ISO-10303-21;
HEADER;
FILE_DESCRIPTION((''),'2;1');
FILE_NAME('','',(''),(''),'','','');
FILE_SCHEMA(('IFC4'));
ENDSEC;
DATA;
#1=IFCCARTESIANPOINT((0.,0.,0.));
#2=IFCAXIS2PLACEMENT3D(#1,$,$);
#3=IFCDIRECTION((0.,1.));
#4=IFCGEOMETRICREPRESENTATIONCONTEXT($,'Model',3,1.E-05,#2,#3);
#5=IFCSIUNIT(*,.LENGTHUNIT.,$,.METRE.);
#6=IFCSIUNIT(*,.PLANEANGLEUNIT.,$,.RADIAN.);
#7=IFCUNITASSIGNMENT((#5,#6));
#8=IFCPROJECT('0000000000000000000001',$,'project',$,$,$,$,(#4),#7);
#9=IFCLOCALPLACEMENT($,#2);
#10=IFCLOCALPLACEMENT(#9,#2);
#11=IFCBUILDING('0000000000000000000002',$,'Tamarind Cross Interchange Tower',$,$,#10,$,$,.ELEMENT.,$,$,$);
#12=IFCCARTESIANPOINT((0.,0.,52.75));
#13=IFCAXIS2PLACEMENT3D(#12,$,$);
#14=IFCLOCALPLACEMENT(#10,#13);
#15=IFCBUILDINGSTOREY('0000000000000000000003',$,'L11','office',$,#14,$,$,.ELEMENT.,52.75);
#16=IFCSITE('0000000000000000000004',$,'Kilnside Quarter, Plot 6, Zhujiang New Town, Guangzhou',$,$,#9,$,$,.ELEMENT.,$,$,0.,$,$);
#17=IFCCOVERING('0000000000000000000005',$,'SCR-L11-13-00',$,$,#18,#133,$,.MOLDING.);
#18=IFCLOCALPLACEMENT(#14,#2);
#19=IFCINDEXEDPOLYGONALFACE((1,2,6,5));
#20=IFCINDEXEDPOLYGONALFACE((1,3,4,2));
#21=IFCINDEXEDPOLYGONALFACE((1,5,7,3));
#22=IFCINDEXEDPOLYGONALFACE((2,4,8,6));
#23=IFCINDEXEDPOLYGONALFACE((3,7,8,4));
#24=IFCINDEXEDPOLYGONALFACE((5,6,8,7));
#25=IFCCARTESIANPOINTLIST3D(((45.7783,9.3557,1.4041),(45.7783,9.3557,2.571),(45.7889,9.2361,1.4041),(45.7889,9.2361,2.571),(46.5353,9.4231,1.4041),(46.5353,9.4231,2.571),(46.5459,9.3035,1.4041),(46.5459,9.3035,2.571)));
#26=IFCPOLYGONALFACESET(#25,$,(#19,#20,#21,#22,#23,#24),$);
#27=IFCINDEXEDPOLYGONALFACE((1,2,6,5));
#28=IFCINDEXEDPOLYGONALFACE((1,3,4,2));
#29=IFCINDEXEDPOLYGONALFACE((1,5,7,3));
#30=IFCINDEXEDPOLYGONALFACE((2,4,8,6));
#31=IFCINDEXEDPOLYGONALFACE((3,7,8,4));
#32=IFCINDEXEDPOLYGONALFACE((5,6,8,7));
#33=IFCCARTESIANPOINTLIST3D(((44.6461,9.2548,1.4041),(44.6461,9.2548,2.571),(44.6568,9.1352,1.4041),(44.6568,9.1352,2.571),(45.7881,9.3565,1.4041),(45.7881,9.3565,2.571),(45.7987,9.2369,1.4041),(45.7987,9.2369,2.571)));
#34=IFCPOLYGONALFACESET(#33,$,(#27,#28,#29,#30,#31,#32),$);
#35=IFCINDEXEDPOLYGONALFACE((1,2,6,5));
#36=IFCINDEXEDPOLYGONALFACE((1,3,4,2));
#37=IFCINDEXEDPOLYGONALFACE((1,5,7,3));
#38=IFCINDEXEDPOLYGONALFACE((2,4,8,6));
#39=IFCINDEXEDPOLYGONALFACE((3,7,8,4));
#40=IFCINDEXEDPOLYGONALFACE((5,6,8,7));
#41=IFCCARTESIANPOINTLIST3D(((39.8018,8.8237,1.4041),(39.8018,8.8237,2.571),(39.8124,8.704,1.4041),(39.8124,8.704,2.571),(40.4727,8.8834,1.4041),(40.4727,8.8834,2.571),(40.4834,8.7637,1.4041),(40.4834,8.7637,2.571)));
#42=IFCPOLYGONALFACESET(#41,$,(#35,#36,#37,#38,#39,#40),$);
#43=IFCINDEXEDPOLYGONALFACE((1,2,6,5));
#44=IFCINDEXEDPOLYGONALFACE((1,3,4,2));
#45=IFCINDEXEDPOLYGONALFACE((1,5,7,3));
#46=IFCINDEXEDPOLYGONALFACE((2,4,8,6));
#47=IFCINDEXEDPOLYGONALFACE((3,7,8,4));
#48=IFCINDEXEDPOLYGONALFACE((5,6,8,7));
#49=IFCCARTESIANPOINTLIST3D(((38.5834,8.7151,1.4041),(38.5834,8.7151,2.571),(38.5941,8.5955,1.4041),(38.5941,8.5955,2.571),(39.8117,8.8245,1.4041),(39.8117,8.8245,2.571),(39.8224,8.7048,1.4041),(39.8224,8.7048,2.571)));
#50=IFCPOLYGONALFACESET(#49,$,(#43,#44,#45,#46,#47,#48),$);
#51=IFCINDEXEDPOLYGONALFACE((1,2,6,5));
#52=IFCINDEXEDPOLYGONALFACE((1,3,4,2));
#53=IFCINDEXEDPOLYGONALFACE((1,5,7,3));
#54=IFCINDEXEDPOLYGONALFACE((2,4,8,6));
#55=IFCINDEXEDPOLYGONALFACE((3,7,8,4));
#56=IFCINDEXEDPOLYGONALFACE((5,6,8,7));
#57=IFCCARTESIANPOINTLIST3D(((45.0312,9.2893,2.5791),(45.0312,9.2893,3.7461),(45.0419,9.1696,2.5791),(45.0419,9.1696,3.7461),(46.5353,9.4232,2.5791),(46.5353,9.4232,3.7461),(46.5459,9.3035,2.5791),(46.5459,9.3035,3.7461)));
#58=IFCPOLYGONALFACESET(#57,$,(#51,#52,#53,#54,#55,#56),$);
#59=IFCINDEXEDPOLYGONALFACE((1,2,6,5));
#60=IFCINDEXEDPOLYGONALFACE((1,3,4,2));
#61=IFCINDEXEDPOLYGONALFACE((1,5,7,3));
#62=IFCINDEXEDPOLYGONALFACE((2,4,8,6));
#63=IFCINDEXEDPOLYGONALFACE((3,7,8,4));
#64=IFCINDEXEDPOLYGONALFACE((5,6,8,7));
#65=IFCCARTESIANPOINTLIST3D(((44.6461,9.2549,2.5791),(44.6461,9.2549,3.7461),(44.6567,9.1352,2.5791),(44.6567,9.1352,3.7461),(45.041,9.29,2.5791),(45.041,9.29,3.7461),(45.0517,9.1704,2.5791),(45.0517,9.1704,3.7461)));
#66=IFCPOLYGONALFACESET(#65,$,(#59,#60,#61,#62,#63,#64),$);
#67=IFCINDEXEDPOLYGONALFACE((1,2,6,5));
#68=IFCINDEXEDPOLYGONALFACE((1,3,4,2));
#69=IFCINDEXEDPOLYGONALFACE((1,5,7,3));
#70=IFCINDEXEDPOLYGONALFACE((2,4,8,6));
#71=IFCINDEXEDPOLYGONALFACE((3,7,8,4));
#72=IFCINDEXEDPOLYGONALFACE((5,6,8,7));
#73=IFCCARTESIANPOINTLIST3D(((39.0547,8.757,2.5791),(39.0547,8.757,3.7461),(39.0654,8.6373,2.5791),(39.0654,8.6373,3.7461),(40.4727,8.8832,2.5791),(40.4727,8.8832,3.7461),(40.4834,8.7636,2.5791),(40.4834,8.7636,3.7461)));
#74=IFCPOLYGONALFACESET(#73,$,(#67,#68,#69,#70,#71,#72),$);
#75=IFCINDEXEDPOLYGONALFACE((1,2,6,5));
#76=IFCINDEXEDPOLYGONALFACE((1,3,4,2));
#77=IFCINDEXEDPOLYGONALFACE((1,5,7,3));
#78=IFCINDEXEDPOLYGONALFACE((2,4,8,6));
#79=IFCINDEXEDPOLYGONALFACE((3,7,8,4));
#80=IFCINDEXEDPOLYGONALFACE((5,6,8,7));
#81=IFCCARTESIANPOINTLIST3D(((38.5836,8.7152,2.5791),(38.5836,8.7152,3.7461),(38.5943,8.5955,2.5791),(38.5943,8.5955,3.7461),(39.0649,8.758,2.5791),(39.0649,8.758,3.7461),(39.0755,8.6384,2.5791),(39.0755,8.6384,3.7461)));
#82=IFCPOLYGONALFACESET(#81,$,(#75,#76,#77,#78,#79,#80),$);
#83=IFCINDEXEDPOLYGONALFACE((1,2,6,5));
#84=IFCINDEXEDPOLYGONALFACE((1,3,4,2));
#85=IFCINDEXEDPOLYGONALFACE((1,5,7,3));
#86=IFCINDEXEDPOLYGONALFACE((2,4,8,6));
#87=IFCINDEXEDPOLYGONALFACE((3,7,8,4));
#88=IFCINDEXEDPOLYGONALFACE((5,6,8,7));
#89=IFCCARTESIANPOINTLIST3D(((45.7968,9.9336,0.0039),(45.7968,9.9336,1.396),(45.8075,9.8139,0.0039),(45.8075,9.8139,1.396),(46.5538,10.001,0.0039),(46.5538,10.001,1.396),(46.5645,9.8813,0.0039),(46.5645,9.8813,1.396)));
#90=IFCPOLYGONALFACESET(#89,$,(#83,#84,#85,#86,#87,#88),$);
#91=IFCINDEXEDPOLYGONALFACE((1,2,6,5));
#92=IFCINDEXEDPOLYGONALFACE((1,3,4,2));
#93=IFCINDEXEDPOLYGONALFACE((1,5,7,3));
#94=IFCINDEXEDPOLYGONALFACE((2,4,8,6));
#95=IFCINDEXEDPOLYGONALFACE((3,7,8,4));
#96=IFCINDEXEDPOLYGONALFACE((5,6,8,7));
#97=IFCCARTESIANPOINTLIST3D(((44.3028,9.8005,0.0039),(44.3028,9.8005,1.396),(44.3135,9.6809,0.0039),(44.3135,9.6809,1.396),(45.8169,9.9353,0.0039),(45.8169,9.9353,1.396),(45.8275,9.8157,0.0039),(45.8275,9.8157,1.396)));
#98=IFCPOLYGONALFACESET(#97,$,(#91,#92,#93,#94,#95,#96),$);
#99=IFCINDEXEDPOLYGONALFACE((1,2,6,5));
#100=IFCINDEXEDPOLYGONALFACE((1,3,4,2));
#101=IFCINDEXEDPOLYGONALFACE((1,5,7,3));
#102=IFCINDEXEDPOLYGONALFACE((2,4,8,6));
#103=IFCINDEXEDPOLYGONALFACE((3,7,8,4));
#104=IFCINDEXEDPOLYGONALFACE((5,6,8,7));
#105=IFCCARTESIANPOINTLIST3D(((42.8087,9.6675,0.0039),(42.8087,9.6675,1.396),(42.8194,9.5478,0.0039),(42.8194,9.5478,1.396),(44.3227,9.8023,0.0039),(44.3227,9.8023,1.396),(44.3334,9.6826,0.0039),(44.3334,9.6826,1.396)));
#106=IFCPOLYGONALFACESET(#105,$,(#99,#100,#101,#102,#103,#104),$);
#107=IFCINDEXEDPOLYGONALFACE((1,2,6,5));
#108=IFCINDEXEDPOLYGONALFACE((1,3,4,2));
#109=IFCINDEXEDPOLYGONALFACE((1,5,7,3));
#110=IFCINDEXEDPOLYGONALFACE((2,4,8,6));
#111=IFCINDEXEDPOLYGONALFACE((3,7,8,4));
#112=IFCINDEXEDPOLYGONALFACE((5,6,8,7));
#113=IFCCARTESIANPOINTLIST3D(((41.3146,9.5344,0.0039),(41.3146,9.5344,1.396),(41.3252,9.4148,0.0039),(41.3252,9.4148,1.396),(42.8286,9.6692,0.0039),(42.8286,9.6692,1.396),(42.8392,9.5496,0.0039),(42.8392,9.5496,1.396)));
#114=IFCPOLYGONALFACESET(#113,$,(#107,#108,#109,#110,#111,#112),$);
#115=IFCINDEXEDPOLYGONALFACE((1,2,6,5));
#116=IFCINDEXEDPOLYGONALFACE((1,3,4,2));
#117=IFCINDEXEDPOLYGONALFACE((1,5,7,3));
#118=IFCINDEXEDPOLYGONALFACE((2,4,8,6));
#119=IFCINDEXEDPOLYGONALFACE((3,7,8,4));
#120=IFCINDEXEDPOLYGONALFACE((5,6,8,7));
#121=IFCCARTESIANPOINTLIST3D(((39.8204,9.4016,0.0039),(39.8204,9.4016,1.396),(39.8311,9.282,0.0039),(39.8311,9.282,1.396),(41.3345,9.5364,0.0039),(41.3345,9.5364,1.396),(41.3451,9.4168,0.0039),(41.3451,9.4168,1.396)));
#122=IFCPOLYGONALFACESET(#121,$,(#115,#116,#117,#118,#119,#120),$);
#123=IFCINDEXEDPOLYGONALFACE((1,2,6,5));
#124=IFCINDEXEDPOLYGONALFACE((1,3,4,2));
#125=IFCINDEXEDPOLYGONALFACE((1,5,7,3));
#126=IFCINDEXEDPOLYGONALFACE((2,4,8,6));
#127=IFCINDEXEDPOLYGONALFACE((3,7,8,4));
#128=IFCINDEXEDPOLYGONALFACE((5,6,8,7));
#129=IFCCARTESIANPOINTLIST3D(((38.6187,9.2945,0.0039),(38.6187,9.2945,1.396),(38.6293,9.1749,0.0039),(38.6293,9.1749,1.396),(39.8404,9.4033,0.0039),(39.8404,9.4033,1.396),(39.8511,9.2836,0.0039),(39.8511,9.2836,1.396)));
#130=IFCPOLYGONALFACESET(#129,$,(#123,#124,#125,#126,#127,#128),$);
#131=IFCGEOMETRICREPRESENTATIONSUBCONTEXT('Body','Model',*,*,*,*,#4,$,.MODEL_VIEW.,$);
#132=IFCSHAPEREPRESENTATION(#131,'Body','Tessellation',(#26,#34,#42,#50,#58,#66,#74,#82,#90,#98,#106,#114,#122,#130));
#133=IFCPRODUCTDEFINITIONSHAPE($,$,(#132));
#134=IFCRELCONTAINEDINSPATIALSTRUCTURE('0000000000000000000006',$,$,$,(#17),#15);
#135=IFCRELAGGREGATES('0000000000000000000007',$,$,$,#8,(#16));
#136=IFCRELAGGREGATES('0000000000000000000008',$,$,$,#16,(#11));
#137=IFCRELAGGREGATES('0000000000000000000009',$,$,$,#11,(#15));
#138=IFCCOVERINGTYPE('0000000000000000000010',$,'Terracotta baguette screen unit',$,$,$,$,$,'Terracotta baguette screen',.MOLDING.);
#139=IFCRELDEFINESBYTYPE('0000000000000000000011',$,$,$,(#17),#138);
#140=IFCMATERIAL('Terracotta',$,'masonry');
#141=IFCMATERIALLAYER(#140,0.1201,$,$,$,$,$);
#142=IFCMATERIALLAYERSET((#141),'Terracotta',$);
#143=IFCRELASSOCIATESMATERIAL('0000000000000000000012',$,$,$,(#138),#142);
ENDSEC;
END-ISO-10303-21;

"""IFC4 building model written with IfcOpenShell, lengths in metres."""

from ifc_helpers import new_model, si_unit, direction, frame, origin, origin_2d, place, context, subcontext, project, spatial, rectangle, extrude, material, layer, layer_set, type_object, element, save


model = new_model("IFC4")

# Units and contexts
model_context = context("Model", 3, precision=1e-05, world=origin(), true_north=direction((0.0, 1.0)))
body_context = subcontext(model_context, "Body", "Model", "MODEL_VIEW")
ifc_project = project(units=[si_unit("LENGTHUNIT", "METRE"), si_unit("PLANEANGLEUNIT", "RADIAN")], contexts=[model_context])

# Site, building, storey
site_placement = place(None, origin())
site = spatial("IfcSite", under=ifc_project, at=site_placement, Name="Kilnside Quarter, Plot 6, Zhujiang New Town, Guangzhou", CompositionType="ELEMENT", RefElevation=0.0)
building_placement = place(site_placement, origin())
building = spatial("IfcBuilding", under=site, at=building_placement, Name="Tamarind Cross Interchange Tower", CompositionType="ELEMENT")
storey_placement = place(building_placement, frame((0.0, 0.0, 52.75)))
storey = spatial("IfcBuildingStorey", under=building, at=storey_placement, Name="L11", Description="office", CompositionType="ELEMENT", Elevation=52.75)

# Covering
ifc_material_1 = material(Name="Terracotta", Category="masonry")
ifc_layer_1 = layer(ifc_material_1, 0.1201)
ifc_layer_set_1 = layer_set([ifc_layer_1], Name="Terracotta")
covering_type = type_object("IfcCoveringType", Name="Terracotta baguette screen unit", ElementType="Terracotta baguette screen", PredefinedType="MOLDING", material=ifc_layer_set_1)
covering_1_placement = place(storey_placement, origin())
element("IfcCovering", 1, at=covering_1_placement, inside=storey, type_object=covering_type, Name="SCR-L11-13-00", PredefinedType="MOLDING", context=body_context, shape_type="SweptSolid", body=[
    extrude(rectangle(XDim=0.76, YDim=0.1201, at=origin_2d()), frame((46.1621, 9.3296, 1.4041), z_axis=(0.0, 0.0, 1.0), x_axis=(-0.99606, -0.088684, 0.0)), (0.0, 0.0, 1.0), 1.167),
    extrude(rectangle(XDim=1.1465, YDim=0.1201, at=origin_2d()), frame((45.2224, 9.2458, 1.4041), z_axis=(0.0, 0.0, 1.0), x_axis=(-0.99606, -0.088684, 0.0)), (0.0, 0.0, 1.0), 1.167),
    extrude(rectangle(XDim=0.6736, YDim=0.1201, at=origin_2d()), frame((40.1426, 8.7937, 1.4041), z_axis=(0.0, 0.0, 1.0), x_axis=(-0.99606, -0.088684, 0.0)), (0.0, 0.0, 1.0), 1.167),
    extrude(rectangle(XDim=1.2332, YDim=0.1201, at=origin_2d()), frame((39.2029, 8.71, 1.4041), z_axis=(0.0, 0.0, 1.0), x_axis=(-0.99606, -0.088684, 0.0)), (0.0, 0.0, 1.0), 1.167),
    extrude(rectangle(XDim=1.51, YDim=0.1201, at=origin_2d()), frame((45.7886, 9.2964, 2.5791), z_axis=(0.0, 0.0, 1.0), x_axis=(-0.99606, -0.088684, 0.0)), (0.0, 0.0, 1.0), 1.167),
    extrude(rectangle(XDim=0.3965, YDim=0.1201, at=origin_2d()), frame((44.8489, 9.2126, 2.5791), z_axis=(0.0, 0.0, 1.0), x_axis=(-0.99606, -0.088684, 0.0)), (0.0, 0.0, 1.0), 1.167),
    extrude(rectangle(XDim=1.4236, YDim=0.1201, at=origin_2d()), frame((39.769, 8.7603, 2.5791), z_axis=(0.0, 0.0, 1.0), x_axis=(-0.99606, -0.088684, 0.0)), (0.0, 0.0, 1.0), 1.167),
    extrude(rectangle(XDim=0.4832, YDim=0.1201, at=origin_2d()), frame((38.8296, 8.6768, 2.5791), z_axis=(0.0, 0.0, 1.0), x_axis=(-0.99606, -0.088684, 0.0)), (0.0, 0.0, 1.0), 1.167),
    extrude(rectangle(XDim=0.76, YDim=0.1201, at=origin_2d()), frame((46.1807, 9.9075, 0.0039), z_axis=(0.0, 0.0, 1.0), x_axis=(-0.99606, -0.088684, 0.0)), (0.0, 0.0, 1.0), 1.3921),
    extrude(rectangle(XDim=1.52, YDim=0.1201, at=origin_2d()), frame((45.0652, 9.8081, 0.0039), z_axis=(0.0, 0.0, 1.0), x_axis=(-0.99606, -0.088684, 0.0)), (0.0, 0.0, 1.0), 1.3921),
    extrude(rectangle(XDim=1.52, YDim=0.1201, at=origin_2d()), frame((43.571, 9.675, 0.0039), z_axis=(0.0, 0.0, 1.0), x_axis=(-0.99606, -0.088684, 0.0)), (0.0, 0.0, 1.0), 1.3921),
    extrude(rectangle(XDim=1.52, YDim=0.1201, at=origin_2d()), frame((42.0769, 9.542, 0.0039), z_axis=(0.0, 0.0, 1.0), x_axis=(-0.99606, -0.088684, 0.0)), (0.0, 0.0, 1.0), 1.3921),
    extrude(rectangle(XDim=1.52, YDim=0.1201, at=origin_2d()), frame((40.5828, 9.4092, 0.0039), z_axis=(0.0, 0.0, 1.0), x_axis=(-0.99606, -0.088684, 0.0)), (0.0, 0.0, 1.0), 1.3921),
    extrude(rectangle(XDim=1.2266, YDim=0.1201, at=origin_2d()), frame((39.2349, 9.2891, 0.0039), z_axis=(0.0, 0.0, 1.0), x_axis=(-0.99606, -0.088684, 0.0)), (0.0, 0.0, 1.0), 1.3921),
])

save(model, "model.ifc")
